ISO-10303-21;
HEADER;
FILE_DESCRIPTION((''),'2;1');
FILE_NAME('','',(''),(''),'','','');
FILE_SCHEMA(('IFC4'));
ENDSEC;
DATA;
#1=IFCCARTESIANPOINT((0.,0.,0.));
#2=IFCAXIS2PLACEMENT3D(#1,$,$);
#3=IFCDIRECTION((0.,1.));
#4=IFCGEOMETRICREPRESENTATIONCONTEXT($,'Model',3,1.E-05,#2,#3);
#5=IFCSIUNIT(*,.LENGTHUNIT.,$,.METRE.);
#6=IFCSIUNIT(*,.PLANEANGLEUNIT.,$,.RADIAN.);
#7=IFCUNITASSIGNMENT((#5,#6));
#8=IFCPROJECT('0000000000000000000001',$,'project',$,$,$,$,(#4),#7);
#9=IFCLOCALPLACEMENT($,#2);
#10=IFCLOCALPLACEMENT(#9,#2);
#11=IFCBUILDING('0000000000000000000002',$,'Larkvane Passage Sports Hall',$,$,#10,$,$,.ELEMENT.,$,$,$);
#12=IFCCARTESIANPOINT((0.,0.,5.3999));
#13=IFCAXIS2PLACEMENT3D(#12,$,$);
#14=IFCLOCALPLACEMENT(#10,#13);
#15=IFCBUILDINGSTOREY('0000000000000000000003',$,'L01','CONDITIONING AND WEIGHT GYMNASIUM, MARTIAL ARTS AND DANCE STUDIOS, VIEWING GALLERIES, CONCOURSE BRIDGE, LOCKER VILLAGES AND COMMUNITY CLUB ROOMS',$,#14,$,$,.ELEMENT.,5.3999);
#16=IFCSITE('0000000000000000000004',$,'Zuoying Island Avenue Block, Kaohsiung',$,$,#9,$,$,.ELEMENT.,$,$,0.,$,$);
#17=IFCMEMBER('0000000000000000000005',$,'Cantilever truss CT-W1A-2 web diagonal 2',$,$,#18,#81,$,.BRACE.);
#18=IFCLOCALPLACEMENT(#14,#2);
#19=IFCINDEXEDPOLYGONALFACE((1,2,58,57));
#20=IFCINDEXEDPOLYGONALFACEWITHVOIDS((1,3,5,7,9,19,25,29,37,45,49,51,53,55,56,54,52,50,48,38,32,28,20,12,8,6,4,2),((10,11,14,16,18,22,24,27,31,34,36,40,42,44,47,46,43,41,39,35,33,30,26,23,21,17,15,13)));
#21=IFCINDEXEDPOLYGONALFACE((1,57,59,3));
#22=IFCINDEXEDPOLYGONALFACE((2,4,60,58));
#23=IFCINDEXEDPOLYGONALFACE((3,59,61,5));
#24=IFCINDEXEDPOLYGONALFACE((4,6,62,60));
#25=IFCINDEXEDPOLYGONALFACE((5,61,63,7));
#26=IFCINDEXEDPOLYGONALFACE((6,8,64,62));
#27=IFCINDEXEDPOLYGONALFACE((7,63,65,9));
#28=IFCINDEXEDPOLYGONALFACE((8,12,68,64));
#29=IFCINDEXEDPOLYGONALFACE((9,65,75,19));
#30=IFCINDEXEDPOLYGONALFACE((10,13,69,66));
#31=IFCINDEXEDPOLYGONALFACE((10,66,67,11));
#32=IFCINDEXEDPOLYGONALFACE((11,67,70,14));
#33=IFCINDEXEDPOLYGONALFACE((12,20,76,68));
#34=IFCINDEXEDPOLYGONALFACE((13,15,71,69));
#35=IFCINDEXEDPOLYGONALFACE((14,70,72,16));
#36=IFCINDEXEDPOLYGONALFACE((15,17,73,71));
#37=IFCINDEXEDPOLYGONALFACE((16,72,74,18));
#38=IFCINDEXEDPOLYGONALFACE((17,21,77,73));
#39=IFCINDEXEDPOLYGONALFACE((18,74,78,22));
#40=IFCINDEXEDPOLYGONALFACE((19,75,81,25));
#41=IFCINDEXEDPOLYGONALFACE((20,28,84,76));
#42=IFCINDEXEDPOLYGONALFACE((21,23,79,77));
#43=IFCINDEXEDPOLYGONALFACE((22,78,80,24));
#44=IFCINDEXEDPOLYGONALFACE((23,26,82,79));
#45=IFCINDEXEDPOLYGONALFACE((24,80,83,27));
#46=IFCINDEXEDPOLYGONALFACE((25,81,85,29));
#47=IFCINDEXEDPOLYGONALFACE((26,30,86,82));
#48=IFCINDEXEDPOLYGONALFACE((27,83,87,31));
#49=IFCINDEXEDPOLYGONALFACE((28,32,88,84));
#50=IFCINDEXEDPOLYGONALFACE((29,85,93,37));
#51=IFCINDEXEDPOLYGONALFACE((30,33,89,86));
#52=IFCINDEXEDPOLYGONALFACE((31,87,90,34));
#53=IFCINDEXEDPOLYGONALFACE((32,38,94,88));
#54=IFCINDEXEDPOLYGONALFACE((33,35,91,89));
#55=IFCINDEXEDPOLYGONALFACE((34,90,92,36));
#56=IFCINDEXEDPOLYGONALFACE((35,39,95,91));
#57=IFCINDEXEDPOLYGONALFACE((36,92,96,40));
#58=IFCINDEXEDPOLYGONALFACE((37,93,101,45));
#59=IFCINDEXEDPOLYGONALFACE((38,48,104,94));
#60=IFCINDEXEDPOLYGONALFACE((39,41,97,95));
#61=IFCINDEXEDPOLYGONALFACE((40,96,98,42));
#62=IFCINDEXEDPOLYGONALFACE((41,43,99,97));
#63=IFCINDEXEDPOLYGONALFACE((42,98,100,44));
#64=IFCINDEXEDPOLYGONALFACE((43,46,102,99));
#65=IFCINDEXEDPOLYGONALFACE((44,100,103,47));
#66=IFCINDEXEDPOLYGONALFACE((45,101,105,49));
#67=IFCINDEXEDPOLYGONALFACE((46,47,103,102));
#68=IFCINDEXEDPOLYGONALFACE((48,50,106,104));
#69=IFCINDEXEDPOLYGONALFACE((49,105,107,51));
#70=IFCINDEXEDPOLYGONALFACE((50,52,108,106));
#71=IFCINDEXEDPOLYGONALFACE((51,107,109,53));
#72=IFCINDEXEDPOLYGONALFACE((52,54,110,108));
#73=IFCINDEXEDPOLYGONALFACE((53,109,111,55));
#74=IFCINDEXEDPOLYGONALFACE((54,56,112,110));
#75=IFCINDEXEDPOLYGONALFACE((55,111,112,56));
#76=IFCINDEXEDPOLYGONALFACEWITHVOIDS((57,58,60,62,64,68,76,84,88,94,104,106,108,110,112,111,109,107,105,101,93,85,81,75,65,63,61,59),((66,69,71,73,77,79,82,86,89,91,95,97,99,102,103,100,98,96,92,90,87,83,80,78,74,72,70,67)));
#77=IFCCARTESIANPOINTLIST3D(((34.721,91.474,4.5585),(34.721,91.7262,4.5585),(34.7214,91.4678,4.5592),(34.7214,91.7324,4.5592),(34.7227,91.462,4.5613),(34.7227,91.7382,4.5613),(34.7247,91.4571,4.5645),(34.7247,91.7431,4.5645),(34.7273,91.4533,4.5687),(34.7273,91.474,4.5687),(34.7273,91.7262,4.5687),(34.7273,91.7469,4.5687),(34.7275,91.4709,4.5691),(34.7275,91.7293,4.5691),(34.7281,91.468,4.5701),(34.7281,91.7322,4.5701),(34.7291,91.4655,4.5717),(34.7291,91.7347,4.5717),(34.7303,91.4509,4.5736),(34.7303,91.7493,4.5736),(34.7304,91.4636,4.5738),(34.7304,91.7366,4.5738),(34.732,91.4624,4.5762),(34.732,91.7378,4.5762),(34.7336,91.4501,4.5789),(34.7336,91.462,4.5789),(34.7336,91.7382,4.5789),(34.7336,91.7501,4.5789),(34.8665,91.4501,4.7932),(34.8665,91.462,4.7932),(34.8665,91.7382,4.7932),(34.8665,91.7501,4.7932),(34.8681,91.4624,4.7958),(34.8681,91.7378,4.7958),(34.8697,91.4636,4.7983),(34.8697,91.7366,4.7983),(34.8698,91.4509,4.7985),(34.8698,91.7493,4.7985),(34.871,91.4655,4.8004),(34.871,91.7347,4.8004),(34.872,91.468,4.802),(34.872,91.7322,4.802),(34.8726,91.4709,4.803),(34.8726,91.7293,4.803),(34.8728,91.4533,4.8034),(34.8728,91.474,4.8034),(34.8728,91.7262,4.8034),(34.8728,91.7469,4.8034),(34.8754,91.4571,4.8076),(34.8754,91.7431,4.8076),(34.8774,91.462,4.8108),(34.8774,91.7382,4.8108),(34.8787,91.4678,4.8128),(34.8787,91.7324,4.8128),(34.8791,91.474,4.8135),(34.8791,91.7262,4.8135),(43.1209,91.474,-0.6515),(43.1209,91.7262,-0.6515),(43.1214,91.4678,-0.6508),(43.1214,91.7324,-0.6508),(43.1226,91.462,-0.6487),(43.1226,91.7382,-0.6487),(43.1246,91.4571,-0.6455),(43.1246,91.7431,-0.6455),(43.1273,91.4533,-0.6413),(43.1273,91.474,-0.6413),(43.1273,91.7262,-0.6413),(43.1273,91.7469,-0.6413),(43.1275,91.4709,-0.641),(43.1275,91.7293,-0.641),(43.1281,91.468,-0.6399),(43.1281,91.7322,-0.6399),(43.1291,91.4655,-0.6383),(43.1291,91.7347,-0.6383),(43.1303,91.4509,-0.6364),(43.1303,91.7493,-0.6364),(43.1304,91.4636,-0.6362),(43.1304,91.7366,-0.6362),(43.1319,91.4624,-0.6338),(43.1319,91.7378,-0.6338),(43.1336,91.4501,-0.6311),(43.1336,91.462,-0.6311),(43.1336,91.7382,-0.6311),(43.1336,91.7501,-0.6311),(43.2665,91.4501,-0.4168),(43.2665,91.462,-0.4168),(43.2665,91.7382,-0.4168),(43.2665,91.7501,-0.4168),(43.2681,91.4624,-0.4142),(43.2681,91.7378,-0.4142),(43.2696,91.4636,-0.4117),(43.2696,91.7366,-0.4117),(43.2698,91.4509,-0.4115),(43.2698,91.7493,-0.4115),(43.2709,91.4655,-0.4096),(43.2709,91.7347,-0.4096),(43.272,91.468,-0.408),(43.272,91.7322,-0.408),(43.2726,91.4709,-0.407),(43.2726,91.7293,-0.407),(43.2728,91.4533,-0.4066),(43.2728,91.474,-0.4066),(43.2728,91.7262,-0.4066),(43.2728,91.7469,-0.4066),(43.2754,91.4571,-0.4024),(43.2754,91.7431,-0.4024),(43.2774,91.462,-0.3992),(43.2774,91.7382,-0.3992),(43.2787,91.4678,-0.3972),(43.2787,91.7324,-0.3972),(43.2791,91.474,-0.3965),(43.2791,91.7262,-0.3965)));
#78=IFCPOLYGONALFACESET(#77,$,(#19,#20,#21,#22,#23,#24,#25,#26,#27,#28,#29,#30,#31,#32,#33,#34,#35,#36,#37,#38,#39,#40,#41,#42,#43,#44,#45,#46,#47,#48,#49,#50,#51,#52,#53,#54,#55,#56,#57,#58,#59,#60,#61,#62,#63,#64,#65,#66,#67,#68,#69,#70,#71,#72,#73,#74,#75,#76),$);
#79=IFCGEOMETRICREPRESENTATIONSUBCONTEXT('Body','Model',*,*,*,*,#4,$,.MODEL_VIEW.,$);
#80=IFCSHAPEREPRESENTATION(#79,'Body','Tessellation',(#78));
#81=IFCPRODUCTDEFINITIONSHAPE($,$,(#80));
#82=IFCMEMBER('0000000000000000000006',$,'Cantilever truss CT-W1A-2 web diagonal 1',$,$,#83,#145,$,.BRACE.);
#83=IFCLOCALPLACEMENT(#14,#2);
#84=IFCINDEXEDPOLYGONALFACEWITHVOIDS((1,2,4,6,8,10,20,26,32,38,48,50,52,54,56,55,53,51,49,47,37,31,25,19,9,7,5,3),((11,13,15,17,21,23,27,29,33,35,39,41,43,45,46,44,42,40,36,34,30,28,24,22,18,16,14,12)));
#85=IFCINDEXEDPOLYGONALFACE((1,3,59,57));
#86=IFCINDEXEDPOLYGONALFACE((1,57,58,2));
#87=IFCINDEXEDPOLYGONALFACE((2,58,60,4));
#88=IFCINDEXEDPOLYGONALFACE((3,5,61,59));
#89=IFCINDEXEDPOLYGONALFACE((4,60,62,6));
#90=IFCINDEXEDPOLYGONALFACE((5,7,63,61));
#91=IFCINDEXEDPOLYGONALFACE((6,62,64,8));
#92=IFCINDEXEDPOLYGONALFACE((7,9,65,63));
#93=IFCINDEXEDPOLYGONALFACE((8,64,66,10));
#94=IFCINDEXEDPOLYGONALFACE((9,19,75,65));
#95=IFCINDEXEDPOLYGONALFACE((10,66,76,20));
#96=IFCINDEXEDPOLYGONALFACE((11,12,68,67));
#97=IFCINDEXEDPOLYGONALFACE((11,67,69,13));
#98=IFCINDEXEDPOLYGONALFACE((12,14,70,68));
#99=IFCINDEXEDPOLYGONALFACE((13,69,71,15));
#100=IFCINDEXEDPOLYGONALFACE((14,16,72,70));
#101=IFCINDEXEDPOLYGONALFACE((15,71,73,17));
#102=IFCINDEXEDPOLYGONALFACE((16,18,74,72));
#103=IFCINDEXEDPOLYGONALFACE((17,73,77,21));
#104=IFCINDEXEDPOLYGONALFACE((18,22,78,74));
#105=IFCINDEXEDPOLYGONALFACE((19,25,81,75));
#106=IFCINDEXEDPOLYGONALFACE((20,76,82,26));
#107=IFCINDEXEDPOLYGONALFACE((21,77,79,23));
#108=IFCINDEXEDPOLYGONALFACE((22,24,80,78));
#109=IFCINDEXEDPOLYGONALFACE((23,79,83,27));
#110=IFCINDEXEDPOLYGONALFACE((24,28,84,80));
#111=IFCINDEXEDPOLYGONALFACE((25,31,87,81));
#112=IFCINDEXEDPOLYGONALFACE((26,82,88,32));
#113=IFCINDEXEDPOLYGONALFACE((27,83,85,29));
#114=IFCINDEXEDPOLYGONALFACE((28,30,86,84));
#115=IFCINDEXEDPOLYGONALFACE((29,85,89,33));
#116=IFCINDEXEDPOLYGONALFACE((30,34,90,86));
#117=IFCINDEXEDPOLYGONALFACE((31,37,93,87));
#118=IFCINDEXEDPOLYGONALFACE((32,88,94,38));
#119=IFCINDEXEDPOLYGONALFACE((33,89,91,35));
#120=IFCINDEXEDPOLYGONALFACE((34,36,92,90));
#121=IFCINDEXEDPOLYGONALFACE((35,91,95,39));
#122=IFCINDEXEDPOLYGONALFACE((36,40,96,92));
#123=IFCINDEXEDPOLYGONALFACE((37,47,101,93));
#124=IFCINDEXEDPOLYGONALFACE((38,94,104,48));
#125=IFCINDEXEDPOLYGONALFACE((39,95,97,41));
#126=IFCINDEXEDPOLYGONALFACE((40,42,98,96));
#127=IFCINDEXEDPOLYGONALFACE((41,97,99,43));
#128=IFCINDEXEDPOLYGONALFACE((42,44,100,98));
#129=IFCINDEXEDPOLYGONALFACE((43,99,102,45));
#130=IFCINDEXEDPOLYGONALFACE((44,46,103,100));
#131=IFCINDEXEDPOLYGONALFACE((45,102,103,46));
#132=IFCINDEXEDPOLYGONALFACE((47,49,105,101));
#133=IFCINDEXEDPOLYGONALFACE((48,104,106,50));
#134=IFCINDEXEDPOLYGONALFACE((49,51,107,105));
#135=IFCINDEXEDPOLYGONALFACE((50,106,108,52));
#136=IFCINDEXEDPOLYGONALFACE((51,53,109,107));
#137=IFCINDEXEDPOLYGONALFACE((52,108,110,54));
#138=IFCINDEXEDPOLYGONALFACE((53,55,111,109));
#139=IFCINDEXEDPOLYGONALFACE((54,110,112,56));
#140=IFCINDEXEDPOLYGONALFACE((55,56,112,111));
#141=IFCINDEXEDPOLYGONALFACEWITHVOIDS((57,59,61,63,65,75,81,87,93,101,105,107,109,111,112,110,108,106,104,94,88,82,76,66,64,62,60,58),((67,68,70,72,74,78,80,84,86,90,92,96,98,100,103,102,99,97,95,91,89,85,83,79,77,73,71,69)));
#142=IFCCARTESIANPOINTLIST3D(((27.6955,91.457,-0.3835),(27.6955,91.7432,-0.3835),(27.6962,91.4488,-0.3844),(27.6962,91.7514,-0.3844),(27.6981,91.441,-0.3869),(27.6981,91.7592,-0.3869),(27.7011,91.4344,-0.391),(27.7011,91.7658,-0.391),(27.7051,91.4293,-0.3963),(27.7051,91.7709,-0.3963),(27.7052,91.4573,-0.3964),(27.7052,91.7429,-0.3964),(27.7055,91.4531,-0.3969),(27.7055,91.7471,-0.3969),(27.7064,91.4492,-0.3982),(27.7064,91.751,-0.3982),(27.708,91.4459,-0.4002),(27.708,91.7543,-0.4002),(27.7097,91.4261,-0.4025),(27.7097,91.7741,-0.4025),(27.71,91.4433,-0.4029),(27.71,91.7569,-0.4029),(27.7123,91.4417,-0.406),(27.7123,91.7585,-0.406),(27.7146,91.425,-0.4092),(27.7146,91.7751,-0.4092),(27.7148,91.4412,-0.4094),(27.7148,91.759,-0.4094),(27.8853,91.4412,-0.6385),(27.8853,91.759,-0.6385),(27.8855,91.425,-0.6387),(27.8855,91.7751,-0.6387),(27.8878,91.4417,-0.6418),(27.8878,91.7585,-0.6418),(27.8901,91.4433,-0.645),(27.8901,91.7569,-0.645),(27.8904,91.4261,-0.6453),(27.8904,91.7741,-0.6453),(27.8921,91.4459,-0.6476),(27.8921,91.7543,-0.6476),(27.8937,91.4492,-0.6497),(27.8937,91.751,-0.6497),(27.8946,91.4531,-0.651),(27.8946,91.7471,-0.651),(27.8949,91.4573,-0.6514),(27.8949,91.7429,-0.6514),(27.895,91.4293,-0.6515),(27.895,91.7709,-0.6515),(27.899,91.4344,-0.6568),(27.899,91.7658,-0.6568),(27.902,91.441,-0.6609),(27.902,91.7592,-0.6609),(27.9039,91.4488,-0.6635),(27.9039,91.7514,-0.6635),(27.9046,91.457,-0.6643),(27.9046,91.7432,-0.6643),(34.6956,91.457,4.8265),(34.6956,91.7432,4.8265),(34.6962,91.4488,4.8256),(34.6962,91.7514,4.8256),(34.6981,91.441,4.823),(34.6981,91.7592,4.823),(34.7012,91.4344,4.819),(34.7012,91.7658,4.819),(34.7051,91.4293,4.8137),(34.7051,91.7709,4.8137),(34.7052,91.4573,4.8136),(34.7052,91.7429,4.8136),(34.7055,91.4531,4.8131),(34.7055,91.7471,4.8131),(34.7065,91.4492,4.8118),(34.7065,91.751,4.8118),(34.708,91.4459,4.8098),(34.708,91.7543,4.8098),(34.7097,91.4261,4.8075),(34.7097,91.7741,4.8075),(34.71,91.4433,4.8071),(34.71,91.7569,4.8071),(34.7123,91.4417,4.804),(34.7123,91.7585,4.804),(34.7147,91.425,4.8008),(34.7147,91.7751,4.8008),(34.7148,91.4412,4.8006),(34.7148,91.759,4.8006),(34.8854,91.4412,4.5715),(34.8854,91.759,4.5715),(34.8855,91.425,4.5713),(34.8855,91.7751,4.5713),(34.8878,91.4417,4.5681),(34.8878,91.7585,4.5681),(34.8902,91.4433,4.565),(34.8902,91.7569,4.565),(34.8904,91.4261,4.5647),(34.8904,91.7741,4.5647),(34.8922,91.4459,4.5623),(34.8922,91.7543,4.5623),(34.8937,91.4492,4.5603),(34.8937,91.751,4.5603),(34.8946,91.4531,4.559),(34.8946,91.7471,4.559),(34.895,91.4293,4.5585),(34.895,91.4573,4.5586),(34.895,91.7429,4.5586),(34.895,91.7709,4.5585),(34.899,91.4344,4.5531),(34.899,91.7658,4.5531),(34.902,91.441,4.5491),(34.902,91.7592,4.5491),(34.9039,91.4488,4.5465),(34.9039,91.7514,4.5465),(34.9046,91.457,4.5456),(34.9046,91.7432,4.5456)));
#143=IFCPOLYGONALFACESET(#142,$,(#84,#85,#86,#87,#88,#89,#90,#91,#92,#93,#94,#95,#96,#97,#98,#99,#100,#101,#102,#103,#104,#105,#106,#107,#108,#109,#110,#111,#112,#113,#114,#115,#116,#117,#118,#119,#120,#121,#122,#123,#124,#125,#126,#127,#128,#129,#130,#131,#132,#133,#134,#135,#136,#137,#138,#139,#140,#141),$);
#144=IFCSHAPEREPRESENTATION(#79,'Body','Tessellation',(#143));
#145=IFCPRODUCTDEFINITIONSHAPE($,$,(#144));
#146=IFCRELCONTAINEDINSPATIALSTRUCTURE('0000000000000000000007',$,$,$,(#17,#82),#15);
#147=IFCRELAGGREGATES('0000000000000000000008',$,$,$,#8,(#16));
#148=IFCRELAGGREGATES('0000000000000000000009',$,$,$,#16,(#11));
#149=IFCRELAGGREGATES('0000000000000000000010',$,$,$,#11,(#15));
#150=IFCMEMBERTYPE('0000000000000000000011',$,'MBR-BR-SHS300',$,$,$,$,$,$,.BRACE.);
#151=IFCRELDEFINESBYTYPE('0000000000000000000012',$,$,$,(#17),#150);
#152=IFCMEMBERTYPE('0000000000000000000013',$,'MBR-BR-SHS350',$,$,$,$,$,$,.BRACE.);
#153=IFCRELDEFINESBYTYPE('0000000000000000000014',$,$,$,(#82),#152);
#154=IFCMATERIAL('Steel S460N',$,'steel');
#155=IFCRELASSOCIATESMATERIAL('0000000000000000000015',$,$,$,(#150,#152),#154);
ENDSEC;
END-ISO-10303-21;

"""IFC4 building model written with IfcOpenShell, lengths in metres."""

from ifc_helpers import new_model, si_unit, direction, frame, origin, origin_2d, place, context, subcontext, project, spatial, hollow_rectangle, extrude, material, material_profile, profile_set, type_object, element, save


model = new_model("IFC4")

# Units and contexts
model_context = context("Model", 3, precision=1e-05, world=origin(), true_north=direction((0.0, 1.0)))
body_context = subcontext(model_context, "Body", "Model", "MODEL_VIEW")
ifc_project = project(units=[si_unit("LENGTHUNIT", "METRE"), si_unit("PLANEANGLEUNIT", "RADIAN")], contexts=[model_context])

# Site, building, storey
site_placement = place(None, origin())
site = spatial("IfcSite", under=ifc_project, at=site_placement, Name="Zuoying Island Avenue Block, Kaohsiung", CompositionType="ELEMENT", RefElevation=0.0)
building_placement = place(site_placement, origin())
building = spatial("IfcBuilding", under=site, at=building_placement, Name="Larkvane Passage Sports Hall", CompositionType="ELEMENT")
storey_placement = place(building_placement, frame((0.0, 0.0, 5.3999)))
storey = spatial("IfcBuildingStorey", under=building, at=storey_placement, Name="L01", Description="CONDITIONING AND WEIGHT GYMNASIUM, MARTIAL ARTS AND DANCE STUDIOS, VIEWING GALLERIES, CONCOURSE BRIDGE, LOCKER VILLAGES AND COMMUNITY CLUB ROOMS", CompositionType="ELEMENT", Elevation=5.3999)

# Shared definitions
ifc_material_1 = material(Name="Steel S460N", Category="steel")

# Members
ifc_material_profile_1 = material_profile(ifc_material_1, hollow_rectangle(XDim=0.3, YDim=0.3, WallThickness=0.012, InnerFilletRadius=0.012, OuterFilletRadius=0.0239, at=origin_2d()), Name="SHS-300x300x12")
ifc_profile_set_1 = profile_set([ifc_material_profile_1], Name="Steel S460N")
member_type_1 = type_object("IfcMemberType", Name="MBR-BR-SHS300", PredefinedType="BRACE", material=ifc_profile_set_1)
member_1_placement = place(storey_placement, frame((34.8, 91.6001, 4.686), z_axis=(0.849811, 0.0, -0.527087), x_axis=(0.0, 1.0, 0.0)))
element("IfcMember", 1, at=member_1_placement, inside=storey, type_object=member_type_1, Name="Cantilever truss CT-W1A-2 web diagonal 2", PredefinedType="BRACE", context=body_context, shape_type="SweptSolid", body=[
    extrude(hollow_rectangle(XDim=0.3, YDim=0.3, WallThickness=0.012, InnerFilletRadius=0.012, OuterFilletRadius=0.0239, at=origin_2d()), origin(), (0.0, 0.0, 1.0), 9.8845),
])
ifc_material_profile_2 = material_profile(ifc_material_1, hollow_rectangle(XDim=0.3501, YDim=0.3501, WallThickness=0.0161, InnerFilletRadius=0.0161, OuterFilletRadius=0.032, at=origin_2d()), Name="SHS-350x350x16")
ifc_profile_set_2 = profile_set([ifc_material_profile_2], Name="Steel S460N")
member_type_2 = type_object("IfcMemberType", Name="MBR-BR-SHS350", PredefinedType="BRACE", material=ifc_profile_set_2)
member_2_placement = place(storey_placement, frame((27.8, 91.6001, -0.5239), z_axis=(0.802197, 0.0, 0.597059), x_axis=(0.0, 1.0, 0.0)))
element("IfcMember", 2, at=member_2_placement, inside=storey, type_object=member_type_2, Name="Cantilever truss CT-W1A-2 web diagonal 1", PredefinedType="BRACE", context=body_context, shape_type="SweptSolid", body=[
    extrude(hollow_rectangle(XDim=0.3501, YDim=0.3501, WallThickness=0.0161, InnerFilletRadius=0.0161, OuterFilletRadius=0.032, at=origin_2d()), origin(), (0.0, 0.0, 1.0), 8.7261),
])

save(model, "model.ifc")
